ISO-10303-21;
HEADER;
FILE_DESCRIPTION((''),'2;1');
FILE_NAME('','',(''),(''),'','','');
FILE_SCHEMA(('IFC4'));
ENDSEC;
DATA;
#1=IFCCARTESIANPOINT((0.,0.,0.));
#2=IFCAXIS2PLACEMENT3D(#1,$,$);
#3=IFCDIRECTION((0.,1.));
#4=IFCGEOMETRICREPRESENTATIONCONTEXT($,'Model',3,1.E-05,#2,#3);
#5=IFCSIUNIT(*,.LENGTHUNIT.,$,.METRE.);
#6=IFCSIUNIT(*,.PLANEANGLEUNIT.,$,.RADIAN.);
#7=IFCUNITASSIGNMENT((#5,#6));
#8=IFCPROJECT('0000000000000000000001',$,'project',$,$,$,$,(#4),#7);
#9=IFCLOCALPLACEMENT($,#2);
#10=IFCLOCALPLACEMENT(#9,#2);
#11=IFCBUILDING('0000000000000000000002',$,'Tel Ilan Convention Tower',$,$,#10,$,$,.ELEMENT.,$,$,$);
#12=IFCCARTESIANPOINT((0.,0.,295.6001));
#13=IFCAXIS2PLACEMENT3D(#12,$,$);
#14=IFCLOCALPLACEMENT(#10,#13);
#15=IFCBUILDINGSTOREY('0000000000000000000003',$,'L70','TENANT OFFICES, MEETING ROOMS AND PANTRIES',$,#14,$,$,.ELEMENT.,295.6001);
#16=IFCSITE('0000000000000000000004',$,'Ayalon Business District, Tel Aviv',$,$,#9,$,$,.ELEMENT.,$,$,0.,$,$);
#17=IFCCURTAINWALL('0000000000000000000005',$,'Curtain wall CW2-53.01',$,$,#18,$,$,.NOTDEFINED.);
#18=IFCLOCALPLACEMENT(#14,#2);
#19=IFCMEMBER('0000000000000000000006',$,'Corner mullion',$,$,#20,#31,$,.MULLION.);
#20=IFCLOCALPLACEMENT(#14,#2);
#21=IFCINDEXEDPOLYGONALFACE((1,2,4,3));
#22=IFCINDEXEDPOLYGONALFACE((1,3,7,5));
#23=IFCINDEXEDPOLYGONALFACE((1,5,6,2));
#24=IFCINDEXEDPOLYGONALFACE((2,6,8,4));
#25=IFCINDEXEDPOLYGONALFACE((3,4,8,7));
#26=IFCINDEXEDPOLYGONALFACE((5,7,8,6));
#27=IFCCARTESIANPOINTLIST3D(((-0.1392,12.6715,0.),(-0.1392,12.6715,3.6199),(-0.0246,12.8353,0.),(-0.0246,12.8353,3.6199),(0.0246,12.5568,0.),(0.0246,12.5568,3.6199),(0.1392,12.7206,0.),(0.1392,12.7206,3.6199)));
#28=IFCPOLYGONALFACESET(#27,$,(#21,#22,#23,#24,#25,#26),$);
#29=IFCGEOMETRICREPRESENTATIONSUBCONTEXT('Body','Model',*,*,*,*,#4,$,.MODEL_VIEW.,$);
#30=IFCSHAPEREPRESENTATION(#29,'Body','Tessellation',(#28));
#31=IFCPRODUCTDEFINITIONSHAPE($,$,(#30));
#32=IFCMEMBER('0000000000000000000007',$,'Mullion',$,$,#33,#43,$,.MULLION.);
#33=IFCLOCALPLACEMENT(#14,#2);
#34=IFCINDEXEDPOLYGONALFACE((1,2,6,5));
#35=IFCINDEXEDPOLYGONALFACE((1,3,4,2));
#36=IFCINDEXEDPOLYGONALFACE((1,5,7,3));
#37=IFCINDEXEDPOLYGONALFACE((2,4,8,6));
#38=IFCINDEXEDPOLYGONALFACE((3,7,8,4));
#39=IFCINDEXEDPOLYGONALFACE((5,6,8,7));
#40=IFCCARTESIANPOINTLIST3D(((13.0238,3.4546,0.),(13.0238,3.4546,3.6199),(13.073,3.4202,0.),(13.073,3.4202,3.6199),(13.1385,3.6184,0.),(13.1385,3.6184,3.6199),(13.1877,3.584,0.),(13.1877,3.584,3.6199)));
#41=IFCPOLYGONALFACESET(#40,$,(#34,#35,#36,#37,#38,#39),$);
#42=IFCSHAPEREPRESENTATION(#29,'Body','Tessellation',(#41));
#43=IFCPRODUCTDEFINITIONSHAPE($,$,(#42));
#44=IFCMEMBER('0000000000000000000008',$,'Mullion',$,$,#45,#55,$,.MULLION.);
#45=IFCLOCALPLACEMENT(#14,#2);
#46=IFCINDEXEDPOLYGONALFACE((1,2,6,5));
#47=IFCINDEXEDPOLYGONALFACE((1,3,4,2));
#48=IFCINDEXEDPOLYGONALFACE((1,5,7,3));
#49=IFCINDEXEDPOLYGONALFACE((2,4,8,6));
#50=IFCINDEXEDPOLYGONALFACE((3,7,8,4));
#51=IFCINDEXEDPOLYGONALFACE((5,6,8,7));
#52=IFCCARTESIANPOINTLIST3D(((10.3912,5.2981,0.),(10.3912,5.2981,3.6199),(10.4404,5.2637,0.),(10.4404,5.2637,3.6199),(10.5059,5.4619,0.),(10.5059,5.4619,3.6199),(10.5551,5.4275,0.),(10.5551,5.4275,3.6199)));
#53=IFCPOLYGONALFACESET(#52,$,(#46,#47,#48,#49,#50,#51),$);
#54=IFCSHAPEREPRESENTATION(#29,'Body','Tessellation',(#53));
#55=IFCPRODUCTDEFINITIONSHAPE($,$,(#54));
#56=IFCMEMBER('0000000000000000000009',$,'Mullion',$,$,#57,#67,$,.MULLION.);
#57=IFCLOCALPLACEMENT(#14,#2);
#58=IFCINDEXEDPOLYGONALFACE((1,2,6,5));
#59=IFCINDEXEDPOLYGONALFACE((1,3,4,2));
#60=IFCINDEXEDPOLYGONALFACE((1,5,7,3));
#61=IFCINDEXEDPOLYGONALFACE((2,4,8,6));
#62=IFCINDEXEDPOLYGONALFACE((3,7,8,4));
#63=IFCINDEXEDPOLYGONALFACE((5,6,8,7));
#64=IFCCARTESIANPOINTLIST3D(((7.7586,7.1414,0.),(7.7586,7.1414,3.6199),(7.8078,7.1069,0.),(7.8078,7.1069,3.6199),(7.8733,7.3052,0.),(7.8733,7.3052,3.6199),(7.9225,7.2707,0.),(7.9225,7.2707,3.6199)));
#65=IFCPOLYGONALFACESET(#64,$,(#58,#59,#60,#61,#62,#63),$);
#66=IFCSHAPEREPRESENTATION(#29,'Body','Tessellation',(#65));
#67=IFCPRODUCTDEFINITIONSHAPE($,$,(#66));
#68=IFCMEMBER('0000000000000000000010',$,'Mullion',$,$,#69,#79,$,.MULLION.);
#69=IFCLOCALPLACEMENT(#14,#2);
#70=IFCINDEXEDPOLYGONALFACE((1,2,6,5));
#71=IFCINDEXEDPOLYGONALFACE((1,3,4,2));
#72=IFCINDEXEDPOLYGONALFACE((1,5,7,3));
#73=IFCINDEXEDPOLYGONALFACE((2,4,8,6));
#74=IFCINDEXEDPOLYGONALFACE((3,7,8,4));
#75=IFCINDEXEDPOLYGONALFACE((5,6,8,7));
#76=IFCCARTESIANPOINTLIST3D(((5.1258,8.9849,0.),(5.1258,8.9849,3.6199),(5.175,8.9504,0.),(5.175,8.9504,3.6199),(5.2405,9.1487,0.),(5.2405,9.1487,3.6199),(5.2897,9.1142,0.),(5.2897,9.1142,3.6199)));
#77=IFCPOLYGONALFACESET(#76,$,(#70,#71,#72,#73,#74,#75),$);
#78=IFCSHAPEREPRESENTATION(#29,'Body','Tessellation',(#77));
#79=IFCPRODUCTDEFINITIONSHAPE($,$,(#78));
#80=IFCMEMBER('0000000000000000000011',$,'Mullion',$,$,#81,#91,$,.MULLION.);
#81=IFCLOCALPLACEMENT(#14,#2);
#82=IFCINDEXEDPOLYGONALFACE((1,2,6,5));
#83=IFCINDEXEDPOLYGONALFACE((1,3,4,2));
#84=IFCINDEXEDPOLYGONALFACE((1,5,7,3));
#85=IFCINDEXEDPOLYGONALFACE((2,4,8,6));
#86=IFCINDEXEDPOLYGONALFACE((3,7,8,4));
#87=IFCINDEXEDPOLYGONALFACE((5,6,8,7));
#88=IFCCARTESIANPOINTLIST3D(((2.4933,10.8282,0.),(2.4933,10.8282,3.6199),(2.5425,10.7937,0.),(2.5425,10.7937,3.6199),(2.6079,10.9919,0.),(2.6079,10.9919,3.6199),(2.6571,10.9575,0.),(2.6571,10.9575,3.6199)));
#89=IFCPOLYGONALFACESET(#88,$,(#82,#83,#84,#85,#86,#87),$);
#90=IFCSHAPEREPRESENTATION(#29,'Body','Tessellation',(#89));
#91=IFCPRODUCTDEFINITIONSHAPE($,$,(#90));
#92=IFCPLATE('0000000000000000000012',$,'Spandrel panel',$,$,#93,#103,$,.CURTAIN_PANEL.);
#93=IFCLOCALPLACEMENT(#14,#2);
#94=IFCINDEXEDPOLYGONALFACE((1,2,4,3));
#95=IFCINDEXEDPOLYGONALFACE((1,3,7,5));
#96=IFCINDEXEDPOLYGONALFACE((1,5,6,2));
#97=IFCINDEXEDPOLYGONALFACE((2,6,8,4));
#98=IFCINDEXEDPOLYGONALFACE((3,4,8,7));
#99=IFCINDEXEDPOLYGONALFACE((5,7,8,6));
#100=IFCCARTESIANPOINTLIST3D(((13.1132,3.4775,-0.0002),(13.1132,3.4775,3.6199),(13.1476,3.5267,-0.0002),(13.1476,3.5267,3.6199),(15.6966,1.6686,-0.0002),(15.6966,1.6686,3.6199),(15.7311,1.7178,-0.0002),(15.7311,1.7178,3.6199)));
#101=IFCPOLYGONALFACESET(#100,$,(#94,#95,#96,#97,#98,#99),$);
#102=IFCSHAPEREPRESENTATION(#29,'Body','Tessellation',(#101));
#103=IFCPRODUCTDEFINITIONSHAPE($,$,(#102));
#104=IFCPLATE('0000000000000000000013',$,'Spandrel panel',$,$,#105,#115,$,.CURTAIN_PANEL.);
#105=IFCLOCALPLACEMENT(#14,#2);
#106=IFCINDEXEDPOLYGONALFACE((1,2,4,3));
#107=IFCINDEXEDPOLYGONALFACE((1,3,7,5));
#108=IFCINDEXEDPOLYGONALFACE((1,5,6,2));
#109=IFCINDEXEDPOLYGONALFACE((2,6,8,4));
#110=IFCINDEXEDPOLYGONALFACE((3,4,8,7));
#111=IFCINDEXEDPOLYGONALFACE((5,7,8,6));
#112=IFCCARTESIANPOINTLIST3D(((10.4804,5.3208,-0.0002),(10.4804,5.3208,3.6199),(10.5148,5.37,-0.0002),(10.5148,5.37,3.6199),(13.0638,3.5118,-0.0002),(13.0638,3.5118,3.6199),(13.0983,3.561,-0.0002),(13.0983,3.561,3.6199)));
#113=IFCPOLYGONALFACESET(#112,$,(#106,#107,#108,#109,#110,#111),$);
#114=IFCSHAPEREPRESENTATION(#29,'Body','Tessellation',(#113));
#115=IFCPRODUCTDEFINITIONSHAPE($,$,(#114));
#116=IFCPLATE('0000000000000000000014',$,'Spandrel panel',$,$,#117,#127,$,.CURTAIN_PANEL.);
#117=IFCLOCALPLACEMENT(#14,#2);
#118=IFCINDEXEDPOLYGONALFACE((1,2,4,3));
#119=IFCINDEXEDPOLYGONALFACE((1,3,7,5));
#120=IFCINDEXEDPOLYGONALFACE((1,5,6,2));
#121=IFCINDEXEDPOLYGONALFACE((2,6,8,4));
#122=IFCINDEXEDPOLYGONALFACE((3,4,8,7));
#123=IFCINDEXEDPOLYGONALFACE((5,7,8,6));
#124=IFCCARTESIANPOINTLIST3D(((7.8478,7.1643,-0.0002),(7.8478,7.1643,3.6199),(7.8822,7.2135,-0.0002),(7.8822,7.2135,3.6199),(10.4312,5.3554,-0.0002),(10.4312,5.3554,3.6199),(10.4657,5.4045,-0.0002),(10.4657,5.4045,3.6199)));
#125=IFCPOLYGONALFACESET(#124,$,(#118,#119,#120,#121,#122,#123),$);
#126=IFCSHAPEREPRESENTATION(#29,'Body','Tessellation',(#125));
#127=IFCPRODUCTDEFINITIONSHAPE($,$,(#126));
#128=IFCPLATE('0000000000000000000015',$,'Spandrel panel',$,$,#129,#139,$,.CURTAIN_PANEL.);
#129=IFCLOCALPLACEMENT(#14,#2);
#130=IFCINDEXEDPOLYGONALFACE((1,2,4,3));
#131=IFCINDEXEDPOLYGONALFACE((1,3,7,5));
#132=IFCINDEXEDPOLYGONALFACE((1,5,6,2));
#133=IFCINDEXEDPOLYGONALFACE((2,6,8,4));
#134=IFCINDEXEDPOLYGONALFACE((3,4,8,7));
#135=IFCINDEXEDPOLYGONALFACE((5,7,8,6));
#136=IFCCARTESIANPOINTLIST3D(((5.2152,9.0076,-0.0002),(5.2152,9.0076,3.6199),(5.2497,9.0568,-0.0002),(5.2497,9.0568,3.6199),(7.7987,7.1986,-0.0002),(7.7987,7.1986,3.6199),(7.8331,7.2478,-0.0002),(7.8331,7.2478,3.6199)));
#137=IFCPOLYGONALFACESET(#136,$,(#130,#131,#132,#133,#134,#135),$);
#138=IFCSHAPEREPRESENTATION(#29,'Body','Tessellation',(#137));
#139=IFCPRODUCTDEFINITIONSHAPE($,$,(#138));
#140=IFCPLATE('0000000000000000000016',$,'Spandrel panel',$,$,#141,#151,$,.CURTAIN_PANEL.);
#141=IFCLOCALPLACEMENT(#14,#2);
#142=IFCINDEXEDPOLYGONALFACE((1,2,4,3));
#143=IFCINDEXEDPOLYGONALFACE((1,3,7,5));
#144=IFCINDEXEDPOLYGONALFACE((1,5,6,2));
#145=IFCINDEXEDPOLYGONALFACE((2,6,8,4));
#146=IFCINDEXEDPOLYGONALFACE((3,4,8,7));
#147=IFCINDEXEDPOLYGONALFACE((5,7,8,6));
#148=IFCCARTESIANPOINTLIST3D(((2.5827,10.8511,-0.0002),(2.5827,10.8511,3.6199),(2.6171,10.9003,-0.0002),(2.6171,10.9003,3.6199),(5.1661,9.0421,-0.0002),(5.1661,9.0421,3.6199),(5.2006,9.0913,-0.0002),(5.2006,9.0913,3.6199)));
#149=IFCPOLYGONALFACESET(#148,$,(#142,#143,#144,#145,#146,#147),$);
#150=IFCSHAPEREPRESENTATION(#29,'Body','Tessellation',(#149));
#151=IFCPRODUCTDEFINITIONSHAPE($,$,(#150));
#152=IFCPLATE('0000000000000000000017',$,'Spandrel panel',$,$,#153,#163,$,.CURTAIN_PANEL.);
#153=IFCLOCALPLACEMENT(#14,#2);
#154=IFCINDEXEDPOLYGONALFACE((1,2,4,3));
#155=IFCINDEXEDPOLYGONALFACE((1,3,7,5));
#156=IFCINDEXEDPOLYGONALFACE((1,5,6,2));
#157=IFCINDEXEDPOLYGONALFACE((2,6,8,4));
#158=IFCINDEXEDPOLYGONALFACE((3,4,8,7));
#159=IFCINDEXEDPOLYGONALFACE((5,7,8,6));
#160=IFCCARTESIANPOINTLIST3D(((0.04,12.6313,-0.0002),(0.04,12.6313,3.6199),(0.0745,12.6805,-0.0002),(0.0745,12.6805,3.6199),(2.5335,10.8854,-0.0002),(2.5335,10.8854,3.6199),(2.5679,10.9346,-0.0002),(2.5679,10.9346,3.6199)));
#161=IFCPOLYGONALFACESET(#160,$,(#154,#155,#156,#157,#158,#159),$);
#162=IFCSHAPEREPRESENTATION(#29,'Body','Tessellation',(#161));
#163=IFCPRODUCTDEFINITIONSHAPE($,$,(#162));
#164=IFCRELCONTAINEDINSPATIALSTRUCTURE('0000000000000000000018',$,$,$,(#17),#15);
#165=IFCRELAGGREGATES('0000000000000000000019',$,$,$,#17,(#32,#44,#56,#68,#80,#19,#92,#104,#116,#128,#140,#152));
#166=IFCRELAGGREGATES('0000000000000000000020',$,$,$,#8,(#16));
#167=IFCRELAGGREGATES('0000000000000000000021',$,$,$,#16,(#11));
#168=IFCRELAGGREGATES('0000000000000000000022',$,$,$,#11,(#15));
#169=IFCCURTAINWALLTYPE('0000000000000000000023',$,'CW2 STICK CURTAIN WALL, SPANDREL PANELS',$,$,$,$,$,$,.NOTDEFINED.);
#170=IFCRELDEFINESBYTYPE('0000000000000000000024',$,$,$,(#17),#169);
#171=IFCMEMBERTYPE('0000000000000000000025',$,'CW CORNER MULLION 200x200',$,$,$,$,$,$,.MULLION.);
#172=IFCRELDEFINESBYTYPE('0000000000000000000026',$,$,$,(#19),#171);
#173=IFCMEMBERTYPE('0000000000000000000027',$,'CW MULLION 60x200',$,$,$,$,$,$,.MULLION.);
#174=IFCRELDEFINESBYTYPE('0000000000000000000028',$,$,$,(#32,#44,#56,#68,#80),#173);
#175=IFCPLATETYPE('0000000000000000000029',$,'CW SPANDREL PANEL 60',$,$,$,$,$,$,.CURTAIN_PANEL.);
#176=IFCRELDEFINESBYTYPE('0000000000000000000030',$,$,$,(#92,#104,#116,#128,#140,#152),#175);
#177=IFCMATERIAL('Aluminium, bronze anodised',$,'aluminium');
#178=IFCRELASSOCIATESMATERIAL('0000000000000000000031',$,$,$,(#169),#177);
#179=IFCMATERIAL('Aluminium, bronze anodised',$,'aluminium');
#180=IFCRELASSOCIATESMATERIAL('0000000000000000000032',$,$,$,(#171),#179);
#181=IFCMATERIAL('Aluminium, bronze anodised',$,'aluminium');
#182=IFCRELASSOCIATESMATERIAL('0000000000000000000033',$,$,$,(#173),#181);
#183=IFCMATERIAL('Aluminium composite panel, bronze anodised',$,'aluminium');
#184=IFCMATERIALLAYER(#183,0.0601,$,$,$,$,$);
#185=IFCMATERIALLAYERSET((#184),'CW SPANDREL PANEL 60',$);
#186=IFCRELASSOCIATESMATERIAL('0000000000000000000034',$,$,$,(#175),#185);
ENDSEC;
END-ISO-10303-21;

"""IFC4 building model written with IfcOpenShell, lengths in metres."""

from ifc_helpers import new_model, si_unit, direction, frame, origin, origin_2d, place, context, subcontext, project, spatial, rectangle, extrude, material, layer, layer_set, material_profile, profile_set, type_object, element, aggregate, save


model = new_model("IFC4")

# Units and contexts
model_context = context("Model", 3, precision=1e-05, world=origin(), true_north=direction((0.0, 1.0)))
body_context = subcontext(model_context, "Body", "Model", "MODEL_VIEW")
ifc_project = project(units=[si_unit("LENGTHUNIT", "METRE"), si_unit("PLANEANGLEUNIT", "RADIAN")], contexts=[model_context])

# Site, building, storey
site_placement = place(None, origin())
site = spatial("IfcSite", under=ifc_project, at=site_placement, Name="Ayalon Business District, Tel Aviv", CompositionType="ELEMENT", RefElevation=0.0)
building_placement = place(site_placement, origin())
building = spatial("IfcBuilding", under=site, at=building_placement, Name="Tel Ilan Convention Tower", CompositionType="ELEMENT")
storey_placement = place(building_placement, frame((0.0, 0.0, 295.6001)))
storey = spatial("IfcBuildingStorey", under=building, at=storey_placement, Name="L70", Description="TENANT OFFICES, MEETING ROOMS AND PANTRIES", CompositionType="ELEMENT", Elevation=295.6001)

# Curtain wall, members, plates
ifc_material_1 = material(Name="Aluminium, bronze anodised", Category="aluminium")
curtain_wall_type = type_object("IfcCurtainWallType", Name="CW2 STICK CURTAIN WALL, SPANDREL PANELS", PredefinedType="NOTDEFINED", material=ifc_material_1)
curtain_wall_placement = place(storey_placement, origin())
curtain_wall = element("IfcCurtainWall", 1, at=curtain_wall_placement, inside=storey, type_object=curtain_wall_type, Name="Curtain wall CW2-53.01", PredefinedType="NOTDEFINED")
ifc_material_2 = material(Name="Aluminium, bronze anodised", Category="aluminium")
ifc_material_profile_1 = material_profile(ifc_material_2, rectangle(XDim=0.2, YDim=0.2, at=origin_2d()), Name="CW CORNER MULLION 200x200")
ifc_profile_set_1 = profile_set([ifc_material_profile_1], Name="Aluminium, bronze anodised")
member_type_1 = type_object("IfcMemberType", Name="CW CORNER MULLION 200x200", PredefinedType="MULLION", material=ifc_profile_set_1)
member_1_placement = place(storey_placement, frame((0.0, 12.696, 0.0), z_axis=(0.0, 0.0, 1.0), x_axis=(-0.819152, 0.573576, 0.0)))
member_1 = element("IfcMember", 2, at=member_1_placement, type_object=member_type_1, Name="Corner mullion", PredefinedType="MULLION", context=body_context, shape_type="SweptSolid", body=[
    extrude(rectangle(XDim=0.2, YDim=0.2, at=origin_2d()), origin(), (0.0, 0.0, 1.0), 3.6199),
])
ifc_material_3 = material(Name="Aluminium, bronze anodised", Category="aluminium")
ifc_material_profile_2 = material_profile(ifc_material_3, rectangle(XDim=0.0601, YDim=0.2, at=origin_2d()), Name="CW MULLION 60x200")
ifc_profile_set_2 = profile_set([ifc_material_profile_2], Name="Aluminium, bronze anodised")
member_type_2 = type_object("IfcMemberType", Name="CW MULLION 60x200", PredefinedType="MULLION", material=ifc_profile_set_2)
member_2_placement = place(storey_placement, frame((13.1057, 3.5193, 0.0), z_axis=(0.0, 0.0, 1.0), x_axis=(-0.819152, 0.573576, 0.0)))
member_2 = element("IfcMember", 3, at=member_2_placement, type_object=member_type_2, Name="Mullion", PredefinedType="MULLION", context=body_context, shape_type="SweptSolid", body=[
    extrude(rectangle(XDim=0.0601, YDim=0.2, at=origin_2d()), origin(), (0.0, 0.0, 1.0), 3.6199),
])
member_3_placement = place(storey_placement, frame((10.4731, 5.3628, 0.0), z_axis=(0.0, 0.0, 1.0), x_axis=(-0.819152, 0.573576, 0.0)))
member_3 = element("IfcMember", 4, at=member_3_placement, type_object=member_type_2, Name="Mullion", PredefinedType="MULLION", context=body_context, shape_type="SweptSolid", body=[
    extrude(rectangle(XDim=0.0601, YDim=0.2, at=origin_2d()), origin(), (0.0, 0.0, 1.0), 3.6199),
])
member_4_placement = place(storey_placement, frame((7.8406, 7.2061, 0.0), z_axis=(0.0, 0.0, 1.0), x_axis=(-0.819152, 0.573576, 0.0)))
member_4 = element("IfcMember", 5, at=member_4_placement, type_object=member_type_2, Name="Mullion", PredefinedType="MULLION", context=body_context, shape_type="SweptSolid", body=[
    extrude(rectangle(XDim=0.0601, YDim=0.2, at=origin_2d()), origin(), (0.0, 0.0, 1.0), 3.6199),
])
member_5_placement = place(storey_placement, frame((5.2078, 9.0496, 0.0), z_axis=(0.0, 0.0, 1.0), x_axis=(-0.819152, 0.573576, 0.0)))
member_5 = element("IfcMember", 6, at=member_5_placement, type_object=member_type_2, Name="Mullion", PredefinedType="MULLION", context=body_context, shape_type="SweptSolid", body=[
    extrude(rectangle(XDim=0.0601, YDim=0.2, at=origin_2d()), origin(), (0.0, 0.0, 1.0), 3.6199),
])
member_6_placement = place(storey_placement, frame((2.5752, 10.8928, 0.0), z_axis=(0.0, 0.0, 1.0), x_axis=(-0.819152, 0.573576, 0.0)))
member_6 = element("IfcMember", 7, at=member_6_placement, type_object=member_type_2, Name="Mullion", PredefinedType="MULLION", context=body_context, shape_type="SweptSolid", body=[
    extrude(rectangle(XDim=0.0601, YDim=0.2, at=origin_2d()), origin(), (0.0, 0.0, 1.0), 3.6199),
])
ifc_material_4 = material(Name="Aluminium composite panel, bronze anodised", Category="aluminium")
ifc_layer_1 = layer(ifc_material_4, 0.0601)
ifc_layer_set_1 = layer_set([ifc_layer_1], Name="CW SPANDREL PANEL 60")
plate_type = type_object("IfcPlateType", Name="CW SPANDREL PANEL 60", PredefinedType="CURTAIN_PANEL", material=ifc_layer_set_1)
plate_1_placement = place(storey_placement, frame((14.4221, 2.5977, -0.0002), z_axis=(0.0, 0.0, 1.0), x_axis=(-0.819152, 0.573576, 0.0)))
plate_1 = element("IfcPlate", 8, at=plate_1_placement, type_object=plate_type, Name="Spandrel panel", PredefinedType="CURTAIN_PANEL", context=body_context, shape_type="SweptSolid", body=[
    extrude(rectangle(XDim=3.1538, YDim=0.0601, at=origin_2d()), origin(), (0.0, 0.0, 1.0), 3.6201),
])
plate_2_placement = place(storey_placement, frame((11.7893, 4.4409, -0.0002), z_axis=(0.0, 0.0, 1.0), x_axis=(-0.819152, 0.573576, 0.0)))
plate_2 = element("IfcPlate", 9, at=plate_2_placement, type_object=plate_type, Name="Spandrel panel", PredefinedType="CURTAIN_PANEL", context=body_context, shape_type="SweptSolid", body=[
    extrude(rectangle(XDim=3.1538, YDim=0.0601, at=origin_2d()), origin(), (0.0, 0.0, 1.0), 3.6201),
])
plate_3_placement = place(storey_placement, frame((9.1567, 6.2844, -0.0002), z_axis=(0.0, 0.0, 1.0), x_axis=(-0.819152, 0.573576, 0.0)))
plate_3 = element("IfcPlate", 10, at=plate_3_placement, type_object=plate_type, Name="Spandrel panel", PredefinedType="CURTAIN_PANEL", context=body_context, shape_type="SweptSolid", body=[
    extrude(rectangle(XDim=3.1538, YDim=0.0601, at=origin_2d()), origin(), (0.0, 0.0, 1.0), 3.6201),
])
plate_4_placement = place(storey_placement, frame((6.5242, 8.1277, -0.0002), z_axis=(0.0, 0.0, 1.0), x_axis=(-0.819152, 0.573576, 0.0)))
plate_4 = element("IfcPlate", 11, at=plate_4_placement, type_object=plate_type, Name="Spandrel panel", PredefinedType="CURTAIN_PANEL", context=body_context, shape_type="SweptSolid", body=[
    extrude(rectangle(XDim=3.1538, YDim=0.0601, at=origin_2d()), origin(), (0.0, 0.0, 1.0), 3.6201),
])
plate_5_placement = place(storey_placement, frame((3.8916, 9.9712, -0.0002), z_axis=(0.0, 0.0, 1.0), x_axis=(-0.819152, 0.573576, 0.0)))
plate_5 = element("IfcPlate", 12, at=plate_5_placement, type_object=plate_type, Name="Spandrel panel", PredefinedType="CURTAIN_PANEL", context=body_context, shape_type="SweptSolid", body=[
    extrude(rectangle(XDim=3.1538, YDim=0.0601, at=origin_2d()), origin(), (0.0, 0.0, 1.0), 3.6201),
])
plate_6_placement = place(storey_placement, frame((1.304, 11.783, -0.0002), z_axis=(0.0, 0.0, 1.0), x_axis=(-0.819152, 0.573576, 0.0)))
plate_6 = element("IfcPlate", 13, at=plate_6_placement, type_object=plate_type, Name="Spandrel panel", PredefinedType="CURTAIN_PANEL", context=body_context, shape_type="SweptSolid", body=[
    extrude(rectangle(XDim=3.0439, YDim=0.0601, at=origin_2d()), origin(), (0.0, 0.0, 1.0), 3.6201),
])
aggregate(curtain_wall, [member_2, member_3, member_4, member_5, member_6, member_1, plate_1, plate_2, plate_3, plate_4, plate_5, plate_6])

save(model, "model.ifc")
